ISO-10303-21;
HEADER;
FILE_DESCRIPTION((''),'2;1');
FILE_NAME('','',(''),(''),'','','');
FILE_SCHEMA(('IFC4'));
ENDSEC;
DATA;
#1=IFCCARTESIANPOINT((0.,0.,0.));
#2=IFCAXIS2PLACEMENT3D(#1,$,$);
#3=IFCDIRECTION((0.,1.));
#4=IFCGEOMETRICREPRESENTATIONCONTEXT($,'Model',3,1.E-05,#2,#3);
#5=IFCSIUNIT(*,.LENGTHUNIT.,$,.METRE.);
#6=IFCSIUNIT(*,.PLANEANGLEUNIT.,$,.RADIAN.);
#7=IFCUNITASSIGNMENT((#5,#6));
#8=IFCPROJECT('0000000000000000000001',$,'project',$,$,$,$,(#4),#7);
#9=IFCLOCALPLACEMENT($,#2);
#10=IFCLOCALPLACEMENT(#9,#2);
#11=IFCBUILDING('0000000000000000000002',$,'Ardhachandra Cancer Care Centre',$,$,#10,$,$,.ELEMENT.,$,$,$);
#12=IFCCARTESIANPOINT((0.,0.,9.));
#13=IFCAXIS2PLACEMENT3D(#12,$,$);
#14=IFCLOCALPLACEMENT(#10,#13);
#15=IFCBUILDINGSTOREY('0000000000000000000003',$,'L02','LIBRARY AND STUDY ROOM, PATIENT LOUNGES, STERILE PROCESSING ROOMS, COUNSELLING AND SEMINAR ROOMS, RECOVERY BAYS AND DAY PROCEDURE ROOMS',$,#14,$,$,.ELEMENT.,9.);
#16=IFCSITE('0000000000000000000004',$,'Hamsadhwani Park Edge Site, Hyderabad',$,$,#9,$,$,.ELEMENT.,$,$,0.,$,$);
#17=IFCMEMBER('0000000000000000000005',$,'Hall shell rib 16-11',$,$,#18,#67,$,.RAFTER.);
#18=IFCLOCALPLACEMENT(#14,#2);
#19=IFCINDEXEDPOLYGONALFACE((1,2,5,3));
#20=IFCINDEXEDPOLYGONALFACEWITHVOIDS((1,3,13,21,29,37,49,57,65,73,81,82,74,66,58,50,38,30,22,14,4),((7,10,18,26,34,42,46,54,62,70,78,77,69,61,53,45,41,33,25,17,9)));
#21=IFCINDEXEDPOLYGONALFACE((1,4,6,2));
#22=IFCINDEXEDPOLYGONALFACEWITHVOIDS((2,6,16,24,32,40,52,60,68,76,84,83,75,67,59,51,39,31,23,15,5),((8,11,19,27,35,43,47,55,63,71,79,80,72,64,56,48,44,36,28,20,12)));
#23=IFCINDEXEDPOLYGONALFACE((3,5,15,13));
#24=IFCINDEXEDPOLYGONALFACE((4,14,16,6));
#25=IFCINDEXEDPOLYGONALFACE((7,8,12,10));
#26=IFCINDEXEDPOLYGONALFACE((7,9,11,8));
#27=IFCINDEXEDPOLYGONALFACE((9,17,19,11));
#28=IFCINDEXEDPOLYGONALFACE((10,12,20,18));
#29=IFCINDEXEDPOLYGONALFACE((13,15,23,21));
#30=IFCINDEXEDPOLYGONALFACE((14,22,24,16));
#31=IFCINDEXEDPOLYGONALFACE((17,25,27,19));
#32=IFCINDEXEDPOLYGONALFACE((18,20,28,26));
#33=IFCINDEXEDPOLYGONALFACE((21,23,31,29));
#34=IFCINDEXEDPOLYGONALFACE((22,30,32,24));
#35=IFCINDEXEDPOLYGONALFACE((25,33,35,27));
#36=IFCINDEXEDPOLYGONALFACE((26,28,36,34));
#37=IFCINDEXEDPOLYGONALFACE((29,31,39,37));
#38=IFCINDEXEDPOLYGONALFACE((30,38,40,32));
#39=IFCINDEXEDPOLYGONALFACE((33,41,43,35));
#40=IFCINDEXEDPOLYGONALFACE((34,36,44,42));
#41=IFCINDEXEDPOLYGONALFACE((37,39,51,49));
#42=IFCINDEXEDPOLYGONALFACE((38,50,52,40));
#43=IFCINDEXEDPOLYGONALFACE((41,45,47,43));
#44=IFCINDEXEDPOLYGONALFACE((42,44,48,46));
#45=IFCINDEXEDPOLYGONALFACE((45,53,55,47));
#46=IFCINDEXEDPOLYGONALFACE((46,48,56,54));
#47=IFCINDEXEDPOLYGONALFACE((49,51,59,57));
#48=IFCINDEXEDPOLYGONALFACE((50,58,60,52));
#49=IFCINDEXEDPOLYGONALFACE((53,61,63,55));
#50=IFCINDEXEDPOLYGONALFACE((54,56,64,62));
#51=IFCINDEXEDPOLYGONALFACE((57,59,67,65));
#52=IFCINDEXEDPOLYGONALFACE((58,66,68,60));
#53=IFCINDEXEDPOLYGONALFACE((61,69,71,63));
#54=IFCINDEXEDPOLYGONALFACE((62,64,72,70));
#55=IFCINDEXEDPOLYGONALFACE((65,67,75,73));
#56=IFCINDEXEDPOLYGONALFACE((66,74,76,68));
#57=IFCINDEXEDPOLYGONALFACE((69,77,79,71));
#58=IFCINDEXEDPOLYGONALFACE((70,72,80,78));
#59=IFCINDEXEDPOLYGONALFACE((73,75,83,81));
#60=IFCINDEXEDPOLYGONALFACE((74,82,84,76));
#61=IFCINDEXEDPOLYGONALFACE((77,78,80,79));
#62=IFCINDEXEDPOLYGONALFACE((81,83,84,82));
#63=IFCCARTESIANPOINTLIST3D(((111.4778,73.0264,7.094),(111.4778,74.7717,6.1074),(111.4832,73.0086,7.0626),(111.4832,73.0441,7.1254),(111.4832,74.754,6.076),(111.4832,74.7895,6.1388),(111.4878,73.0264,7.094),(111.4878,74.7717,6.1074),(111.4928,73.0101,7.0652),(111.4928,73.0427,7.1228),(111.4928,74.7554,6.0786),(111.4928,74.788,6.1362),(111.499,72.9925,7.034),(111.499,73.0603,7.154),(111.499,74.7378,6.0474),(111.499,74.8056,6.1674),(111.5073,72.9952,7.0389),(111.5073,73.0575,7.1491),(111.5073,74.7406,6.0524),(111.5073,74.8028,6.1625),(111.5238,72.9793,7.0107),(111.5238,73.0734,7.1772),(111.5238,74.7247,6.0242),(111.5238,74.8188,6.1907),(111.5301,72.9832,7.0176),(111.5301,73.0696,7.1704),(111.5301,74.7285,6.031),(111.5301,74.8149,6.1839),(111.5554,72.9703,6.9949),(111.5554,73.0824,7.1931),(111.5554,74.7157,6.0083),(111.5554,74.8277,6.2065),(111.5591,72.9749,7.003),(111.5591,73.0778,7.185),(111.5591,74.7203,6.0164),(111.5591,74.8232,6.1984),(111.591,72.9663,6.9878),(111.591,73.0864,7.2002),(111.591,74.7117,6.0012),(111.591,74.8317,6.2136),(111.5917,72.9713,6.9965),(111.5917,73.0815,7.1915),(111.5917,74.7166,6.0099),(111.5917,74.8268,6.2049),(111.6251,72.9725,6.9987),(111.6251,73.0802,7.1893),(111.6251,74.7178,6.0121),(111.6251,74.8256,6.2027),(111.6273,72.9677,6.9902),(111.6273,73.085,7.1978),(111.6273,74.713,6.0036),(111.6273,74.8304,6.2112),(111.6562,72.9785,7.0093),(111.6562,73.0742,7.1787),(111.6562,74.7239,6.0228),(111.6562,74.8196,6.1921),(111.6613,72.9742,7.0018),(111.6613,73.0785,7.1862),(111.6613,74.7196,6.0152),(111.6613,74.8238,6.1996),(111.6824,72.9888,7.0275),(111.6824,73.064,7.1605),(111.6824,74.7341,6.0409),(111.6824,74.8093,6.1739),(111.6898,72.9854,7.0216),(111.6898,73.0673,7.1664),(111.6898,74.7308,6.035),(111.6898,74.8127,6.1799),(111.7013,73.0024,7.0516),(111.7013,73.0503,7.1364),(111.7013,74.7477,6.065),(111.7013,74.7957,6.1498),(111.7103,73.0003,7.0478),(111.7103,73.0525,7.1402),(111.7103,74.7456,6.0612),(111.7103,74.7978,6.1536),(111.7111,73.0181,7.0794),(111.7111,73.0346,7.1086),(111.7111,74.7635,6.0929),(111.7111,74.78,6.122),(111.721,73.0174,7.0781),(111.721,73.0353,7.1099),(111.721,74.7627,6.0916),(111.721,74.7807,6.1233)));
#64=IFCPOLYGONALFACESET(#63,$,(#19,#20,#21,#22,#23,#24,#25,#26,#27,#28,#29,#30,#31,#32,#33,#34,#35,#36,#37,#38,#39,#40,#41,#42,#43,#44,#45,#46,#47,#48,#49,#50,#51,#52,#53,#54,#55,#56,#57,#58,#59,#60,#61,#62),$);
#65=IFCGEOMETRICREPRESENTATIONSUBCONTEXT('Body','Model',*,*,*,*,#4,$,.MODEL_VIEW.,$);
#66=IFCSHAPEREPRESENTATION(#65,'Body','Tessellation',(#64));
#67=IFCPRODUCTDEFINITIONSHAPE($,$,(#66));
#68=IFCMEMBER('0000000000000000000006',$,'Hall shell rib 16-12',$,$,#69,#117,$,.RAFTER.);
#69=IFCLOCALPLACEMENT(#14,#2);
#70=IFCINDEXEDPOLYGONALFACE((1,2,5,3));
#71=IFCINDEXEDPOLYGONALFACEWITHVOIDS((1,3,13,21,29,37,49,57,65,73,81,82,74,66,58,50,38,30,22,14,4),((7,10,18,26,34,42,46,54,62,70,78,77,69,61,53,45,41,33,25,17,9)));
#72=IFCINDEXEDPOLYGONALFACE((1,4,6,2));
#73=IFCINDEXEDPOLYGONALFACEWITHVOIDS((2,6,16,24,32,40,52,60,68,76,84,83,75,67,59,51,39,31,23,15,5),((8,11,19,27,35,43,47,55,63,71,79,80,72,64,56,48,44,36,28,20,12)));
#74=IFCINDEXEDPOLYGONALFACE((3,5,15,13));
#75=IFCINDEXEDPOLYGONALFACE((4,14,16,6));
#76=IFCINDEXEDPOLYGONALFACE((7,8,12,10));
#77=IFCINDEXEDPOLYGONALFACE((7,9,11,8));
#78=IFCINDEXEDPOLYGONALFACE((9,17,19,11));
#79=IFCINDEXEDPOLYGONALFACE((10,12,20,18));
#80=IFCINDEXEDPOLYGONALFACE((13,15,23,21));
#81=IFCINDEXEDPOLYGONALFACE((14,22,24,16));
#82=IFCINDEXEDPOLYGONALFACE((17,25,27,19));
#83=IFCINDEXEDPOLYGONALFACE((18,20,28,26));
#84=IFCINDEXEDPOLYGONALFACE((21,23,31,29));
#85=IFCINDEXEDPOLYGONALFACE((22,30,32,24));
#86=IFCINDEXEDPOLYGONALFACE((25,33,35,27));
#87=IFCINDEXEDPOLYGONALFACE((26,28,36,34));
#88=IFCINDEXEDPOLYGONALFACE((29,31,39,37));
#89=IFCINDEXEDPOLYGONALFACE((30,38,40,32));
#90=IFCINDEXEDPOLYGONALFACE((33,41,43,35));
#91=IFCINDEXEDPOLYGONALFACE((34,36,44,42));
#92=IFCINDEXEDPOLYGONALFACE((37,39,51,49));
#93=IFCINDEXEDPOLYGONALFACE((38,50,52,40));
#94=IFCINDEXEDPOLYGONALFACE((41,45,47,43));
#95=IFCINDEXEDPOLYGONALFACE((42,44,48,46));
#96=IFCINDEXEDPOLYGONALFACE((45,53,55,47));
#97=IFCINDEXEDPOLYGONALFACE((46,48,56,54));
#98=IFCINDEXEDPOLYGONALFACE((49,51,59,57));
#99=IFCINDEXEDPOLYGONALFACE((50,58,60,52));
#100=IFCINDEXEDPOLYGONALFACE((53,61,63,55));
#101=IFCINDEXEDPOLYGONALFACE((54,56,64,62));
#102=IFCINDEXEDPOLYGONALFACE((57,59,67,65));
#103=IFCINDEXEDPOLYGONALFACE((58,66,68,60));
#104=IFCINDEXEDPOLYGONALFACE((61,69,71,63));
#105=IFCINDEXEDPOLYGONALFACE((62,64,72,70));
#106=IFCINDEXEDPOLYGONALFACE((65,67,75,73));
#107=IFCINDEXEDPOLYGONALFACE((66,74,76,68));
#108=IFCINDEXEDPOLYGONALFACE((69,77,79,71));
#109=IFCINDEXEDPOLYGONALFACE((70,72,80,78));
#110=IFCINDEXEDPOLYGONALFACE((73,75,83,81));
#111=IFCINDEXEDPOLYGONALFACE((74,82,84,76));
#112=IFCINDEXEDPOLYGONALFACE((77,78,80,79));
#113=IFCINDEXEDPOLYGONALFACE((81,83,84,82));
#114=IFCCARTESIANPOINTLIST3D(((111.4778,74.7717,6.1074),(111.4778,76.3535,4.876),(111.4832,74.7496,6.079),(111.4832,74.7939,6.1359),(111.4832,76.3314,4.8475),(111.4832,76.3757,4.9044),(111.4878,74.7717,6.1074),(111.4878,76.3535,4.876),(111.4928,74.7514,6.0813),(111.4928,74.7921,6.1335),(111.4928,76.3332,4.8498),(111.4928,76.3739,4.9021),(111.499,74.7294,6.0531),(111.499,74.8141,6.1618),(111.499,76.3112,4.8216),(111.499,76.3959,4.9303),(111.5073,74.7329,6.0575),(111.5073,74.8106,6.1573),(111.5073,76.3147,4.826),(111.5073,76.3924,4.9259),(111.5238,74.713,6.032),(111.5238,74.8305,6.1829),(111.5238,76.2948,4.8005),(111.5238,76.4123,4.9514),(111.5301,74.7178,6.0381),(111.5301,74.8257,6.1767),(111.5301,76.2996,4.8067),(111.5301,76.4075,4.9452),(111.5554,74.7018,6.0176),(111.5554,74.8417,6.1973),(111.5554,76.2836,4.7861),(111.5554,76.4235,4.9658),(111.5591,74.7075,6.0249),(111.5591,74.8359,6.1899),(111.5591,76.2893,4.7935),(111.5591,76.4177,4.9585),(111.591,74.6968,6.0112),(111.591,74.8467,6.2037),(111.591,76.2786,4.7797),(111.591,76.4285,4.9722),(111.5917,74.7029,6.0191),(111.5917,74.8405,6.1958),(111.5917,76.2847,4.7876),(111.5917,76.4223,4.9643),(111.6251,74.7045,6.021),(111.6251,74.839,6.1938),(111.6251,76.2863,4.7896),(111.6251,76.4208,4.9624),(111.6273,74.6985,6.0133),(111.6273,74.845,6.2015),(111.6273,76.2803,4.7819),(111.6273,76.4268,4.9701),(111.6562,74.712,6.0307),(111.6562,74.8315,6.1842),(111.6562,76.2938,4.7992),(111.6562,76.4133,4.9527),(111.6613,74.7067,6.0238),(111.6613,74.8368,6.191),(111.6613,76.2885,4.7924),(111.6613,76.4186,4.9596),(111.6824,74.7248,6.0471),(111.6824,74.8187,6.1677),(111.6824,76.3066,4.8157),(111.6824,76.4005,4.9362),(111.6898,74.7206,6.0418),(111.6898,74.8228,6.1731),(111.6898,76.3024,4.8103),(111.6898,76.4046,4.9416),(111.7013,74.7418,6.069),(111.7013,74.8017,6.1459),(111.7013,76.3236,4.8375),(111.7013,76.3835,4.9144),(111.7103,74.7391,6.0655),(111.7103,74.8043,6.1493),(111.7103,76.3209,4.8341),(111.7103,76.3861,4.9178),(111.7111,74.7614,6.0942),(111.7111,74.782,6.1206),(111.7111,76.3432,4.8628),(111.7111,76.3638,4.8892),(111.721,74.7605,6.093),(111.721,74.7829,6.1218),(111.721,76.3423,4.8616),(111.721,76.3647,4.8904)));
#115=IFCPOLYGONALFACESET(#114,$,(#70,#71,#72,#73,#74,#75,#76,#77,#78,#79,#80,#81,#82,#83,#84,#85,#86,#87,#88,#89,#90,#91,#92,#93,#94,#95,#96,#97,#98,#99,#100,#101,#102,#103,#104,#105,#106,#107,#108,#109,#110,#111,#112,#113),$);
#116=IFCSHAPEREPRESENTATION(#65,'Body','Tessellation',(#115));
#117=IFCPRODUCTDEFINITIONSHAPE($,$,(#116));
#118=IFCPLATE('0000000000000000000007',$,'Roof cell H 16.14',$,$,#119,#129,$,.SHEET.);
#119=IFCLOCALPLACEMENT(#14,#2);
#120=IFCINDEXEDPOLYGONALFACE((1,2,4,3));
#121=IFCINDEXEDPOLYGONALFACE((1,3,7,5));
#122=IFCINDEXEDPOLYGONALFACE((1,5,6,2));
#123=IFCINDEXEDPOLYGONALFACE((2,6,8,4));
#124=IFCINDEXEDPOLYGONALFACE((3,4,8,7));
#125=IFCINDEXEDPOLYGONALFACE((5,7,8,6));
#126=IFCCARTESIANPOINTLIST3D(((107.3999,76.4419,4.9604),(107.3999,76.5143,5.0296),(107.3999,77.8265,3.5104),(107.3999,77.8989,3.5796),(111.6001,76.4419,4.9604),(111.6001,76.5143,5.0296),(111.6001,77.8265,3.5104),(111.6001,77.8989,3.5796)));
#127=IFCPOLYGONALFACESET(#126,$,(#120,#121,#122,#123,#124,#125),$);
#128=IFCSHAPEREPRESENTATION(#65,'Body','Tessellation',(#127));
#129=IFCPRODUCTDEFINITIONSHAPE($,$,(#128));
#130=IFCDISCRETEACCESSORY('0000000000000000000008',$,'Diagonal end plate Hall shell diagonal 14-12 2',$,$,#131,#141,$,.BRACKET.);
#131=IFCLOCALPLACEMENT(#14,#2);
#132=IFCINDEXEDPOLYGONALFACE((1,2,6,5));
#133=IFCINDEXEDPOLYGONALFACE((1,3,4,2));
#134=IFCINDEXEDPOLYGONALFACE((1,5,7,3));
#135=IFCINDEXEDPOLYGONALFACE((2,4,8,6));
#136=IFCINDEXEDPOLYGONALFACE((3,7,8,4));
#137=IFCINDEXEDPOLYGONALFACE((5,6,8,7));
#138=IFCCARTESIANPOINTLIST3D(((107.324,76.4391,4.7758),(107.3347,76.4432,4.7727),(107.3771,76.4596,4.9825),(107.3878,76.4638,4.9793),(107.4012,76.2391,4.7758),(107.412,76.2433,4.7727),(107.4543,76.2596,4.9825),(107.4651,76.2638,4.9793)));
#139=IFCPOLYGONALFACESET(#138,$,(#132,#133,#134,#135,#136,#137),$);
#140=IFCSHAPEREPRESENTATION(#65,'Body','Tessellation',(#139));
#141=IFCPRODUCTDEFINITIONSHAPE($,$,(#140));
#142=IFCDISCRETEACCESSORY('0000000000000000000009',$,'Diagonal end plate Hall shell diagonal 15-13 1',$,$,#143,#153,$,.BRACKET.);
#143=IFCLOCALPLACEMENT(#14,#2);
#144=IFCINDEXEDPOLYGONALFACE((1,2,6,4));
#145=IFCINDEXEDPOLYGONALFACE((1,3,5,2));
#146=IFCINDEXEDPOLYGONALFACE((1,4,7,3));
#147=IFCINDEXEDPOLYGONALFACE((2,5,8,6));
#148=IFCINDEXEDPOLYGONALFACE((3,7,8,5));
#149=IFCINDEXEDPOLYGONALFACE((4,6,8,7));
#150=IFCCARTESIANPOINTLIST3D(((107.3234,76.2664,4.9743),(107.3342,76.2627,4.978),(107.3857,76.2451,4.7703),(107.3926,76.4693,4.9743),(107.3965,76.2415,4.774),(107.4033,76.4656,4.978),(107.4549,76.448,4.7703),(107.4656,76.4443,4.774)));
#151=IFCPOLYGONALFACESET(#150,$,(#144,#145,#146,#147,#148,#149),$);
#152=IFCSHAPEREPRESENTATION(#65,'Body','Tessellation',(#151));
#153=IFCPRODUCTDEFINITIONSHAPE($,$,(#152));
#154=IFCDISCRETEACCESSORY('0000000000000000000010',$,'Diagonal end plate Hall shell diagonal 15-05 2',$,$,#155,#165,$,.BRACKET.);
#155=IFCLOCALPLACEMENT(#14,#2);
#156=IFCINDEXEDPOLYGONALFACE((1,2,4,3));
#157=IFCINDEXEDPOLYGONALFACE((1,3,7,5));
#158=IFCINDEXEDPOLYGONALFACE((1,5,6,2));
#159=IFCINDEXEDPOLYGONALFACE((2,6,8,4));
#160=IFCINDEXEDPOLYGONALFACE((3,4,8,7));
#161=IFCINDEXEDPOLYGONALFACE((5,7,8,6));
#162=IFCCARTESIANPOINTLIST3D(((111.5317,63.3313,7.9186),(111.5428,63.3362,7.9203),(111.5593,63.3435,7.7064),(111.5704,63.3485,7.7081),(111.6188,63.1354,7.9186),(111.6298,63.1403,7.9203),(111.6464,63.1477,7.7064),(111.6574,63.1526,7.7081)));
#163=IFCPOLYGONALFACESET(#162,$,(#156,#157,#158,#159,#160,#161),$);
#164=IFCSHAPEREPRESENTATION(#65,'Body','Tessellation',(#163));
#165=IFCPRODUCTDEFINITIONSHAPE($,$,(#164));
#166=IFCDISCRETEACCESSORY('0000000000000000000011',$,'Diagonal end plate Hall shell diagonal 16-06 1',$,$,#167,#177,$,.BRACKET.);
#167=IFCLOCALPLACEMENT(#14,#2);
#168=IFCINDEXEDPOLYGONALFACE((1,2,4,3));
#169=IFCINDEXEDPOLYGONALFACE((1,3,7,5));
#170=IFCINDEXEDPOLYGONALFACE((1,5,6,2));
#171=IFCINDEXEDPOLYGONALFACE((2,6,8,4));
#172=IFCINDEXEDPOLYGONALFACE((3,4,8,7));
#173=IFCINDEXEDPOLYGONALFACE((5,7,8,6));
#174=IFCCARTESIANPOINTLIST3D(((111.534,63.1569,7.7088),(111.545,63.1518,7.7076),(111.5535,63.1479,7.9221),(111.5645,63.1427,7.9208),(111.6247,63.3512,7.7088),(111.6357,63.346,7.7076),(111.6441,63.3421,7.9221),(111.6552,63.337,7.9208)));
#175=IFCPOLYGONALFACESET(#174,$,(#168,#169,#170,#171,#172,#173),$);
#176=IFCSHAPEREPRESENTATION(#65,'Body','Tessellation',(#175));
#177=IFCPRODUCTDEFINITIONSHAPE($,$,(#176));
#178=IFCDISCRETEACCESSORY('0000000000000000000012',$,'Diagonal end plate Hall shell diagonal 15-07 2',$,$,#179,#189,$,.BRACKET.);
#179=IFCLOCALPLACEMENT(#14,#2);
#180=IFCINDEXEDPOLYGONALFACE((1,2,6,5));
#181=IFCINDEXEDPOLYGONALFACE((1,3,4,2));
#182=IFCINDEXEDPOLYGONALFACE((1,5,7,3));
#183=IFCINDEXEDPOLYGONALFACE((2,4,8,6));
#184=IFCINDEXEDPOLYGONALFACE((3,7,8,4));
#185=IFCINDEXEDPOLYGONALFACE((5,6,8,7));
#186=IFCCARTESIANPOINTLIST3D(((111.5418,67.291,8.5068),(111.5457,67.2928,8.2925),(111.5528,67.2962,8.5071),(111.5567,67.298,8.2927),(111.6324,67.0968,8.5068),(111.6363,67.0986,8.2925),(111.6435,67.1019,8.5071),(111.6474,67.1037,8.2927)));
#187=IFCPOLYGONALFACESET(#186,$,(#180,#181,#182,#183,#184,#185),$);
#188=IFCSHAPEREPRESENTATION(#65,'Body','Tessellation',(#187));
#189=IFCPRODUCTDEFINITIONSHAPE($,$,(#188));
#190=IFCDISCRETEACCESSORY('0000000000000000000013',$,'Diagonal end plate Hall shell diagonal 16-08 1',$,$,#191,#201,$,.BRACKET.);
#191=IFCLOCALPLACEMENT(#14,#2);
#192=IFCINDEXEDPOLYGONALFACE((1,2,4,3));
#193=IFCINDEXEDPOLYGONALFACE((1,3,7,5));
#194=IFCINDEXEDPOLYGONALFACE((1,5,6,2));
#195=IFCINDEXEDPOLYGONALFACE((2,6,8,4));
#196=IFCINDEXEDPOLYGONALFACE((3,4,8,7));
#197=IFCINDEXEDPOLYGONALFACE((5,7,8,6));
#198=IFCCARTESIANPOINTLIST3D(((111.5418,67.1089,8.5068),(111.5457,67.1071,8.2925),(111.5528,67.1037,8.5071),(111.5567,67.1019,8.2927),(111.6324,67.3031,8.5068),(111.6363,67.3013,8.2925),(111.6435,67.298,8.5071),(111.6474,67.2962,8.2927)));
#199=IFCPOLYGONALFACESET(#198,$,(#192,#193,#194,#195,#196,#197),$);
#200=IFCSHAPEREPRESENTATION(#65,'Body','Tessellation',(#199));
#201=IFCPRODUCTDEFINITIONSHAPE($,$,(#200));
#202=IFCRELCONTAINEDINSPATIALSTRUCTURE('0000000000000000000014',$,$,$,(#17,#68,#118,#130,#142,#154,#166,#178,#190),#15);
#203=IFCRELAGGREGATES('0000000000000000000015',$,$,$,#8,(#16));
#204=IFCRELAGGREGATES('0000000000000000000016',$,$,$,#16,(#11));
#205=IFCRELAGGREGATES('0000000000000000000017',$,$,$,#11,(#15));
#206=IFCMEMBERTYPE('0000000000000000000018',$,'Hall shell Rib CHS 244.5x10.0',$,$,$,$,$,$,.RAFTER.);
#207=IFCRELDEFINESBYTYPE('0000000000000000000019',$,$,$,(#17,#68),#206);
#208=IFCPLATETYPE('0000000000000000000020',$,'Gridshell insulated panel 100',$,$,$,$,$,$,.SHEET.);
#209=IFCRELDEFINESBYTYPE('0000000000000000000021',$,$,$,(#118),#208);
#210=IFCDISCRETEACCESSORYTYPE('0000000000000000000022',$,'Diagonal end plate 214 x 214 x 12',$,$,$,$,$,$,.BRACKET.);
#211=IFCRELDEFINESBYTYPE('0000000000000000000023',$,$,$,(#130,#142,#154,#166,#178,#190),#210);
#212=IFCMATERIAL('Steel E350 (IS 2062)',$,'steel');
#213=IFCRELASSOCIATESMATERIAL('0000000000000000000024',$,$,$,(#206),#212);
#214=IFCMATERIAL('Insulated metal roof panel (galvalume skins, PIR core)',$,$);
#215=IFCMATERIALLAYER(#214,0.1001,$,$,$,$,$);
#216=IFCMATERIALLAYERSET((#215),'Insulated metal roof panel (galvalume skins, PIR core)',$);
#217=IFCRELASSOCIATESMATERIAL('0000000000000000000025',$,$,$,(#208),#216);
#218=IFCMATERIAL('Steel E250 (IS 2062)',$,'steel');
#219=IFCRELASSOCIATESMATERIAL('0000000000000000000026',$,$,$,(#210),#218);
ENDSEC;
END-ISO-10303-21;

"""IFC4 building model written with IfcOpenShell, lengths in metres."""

from ifc_helpers import new_model, si_unit, direction, frame, origin, origin_2d, place, context, subcontext, project, spatial, polyline, rectangle, hollow_circle, outline, extrude, material, layer, layer_set, material_profile, profile_set, type_object, element, save


model = new_model("IFC4")

# Units and contexts
model_context = context("Model", 3, precision=1e-05, world=origin(), true_north=direction((0.0, 1.0)))
body_context = subcontext(model_context, "Body", "Model", "MODEL_VIEW")
ifc_project = project(units=[si_unit("LENGTHUNIT", "METRE"), si_unit("PLANEANGLEUNIT", "RADIAN")], contexts=[model_context])

# Site, building, storey
site_placement = place(None, origin())
site = spatial("IfcSite", under=ifc_project, at=site_placement, Name="Hamsadhwani Park Edge Site, Hyderabad", CompositionType="ELEMENT", RefElevation=0.0)
building_placement = place(site_placement, origin())
building = spatial("IfcBuilding", under=site, at=building_placement, Name="Ardhachandra Cancer Care Centre", CompositionType="ELEMENT")
storey_placement = place(building_placement, frame((0.0, 0.0, 9.0)))
storey = spatial("IfcBuildingStorey", under=building, at=storey_placement, Name="L02", Description="LIBRARY AND STUDY ROOM, PATIENT LOUNGES, STERILE PROCESSING ROOMS, COUNSELLING AND SEMINAR ROOMS, RECOVERY BAYS AND DAY PROCEDURE ROOMS", CompositionType="ELEMENT", Elevation=9.0)

# Members
ifc_material_1 = material(Name="Steel E350 (IS 2062)", Category="steel")
ifc_material_profile_1 = material_profile(ifc_material_1, hollow_circle(Radius=0.1223, WallThickness=0.01, at=origin_2d()), Name="CHS 244.5x10.0")
ifc_profile_set_1 = profile_set([ifc_material_profile_1], Name="Steel E350 (IS 2062)")
member_type_1 = type_object("IfcMemberType", Name="Hall shell Rib CHS 244.5x10.0", PredefinedType="RAFTER", material=ifc_profile_set_1)
member_1_placement = place(storey_placement, frame((111.6001, 73.0264, 7.094), z_axis=(0.0, 0.870549, -0.492081), x_axis=(-1.0, 0.0, 0.0)))
element("IfcMember", 1, at=member_1_placement, inside=storey, type_object=member_type_1, Name="Hall shell rib 16-11", PredefinedType="RAFTER", context=body_context, shape_type="SweptSolid", body=[
    extrude(hollow_circle(Radius=0.1223, WallThickness=0.01, at=origin_2d()), origin(), (0.0, 0.0, 1.0), 2.0049),
])
member_2_placement = place(storey_placement, frame((111.6001, 74.7717, 6.1074), z_axis=(0.0, 0.78907, -0.614303), x_axis=(-1.0, 0.0, 0.0)))
element("IfcMember", 2, at=member_2_placement, inside=storey, type_object=member_type_1, Name="Hall shell rib 16-12", PredefinedType="RAFTER", context=body_context, shape_type="SweptSolid", body=[
    extrude(hollow_circle(Radius=0.1223, WallThickness=0.01, at=origin_2d()), origin(), (0.0, 0.0, 1.0), 2.0046),
])

# Plate
ifc_material_2 = material(Name="Insulated metal roof panel (galvalume skins, PIR core)")
ifc_layer = layer(ifc_material_2, 0.1001)
ifc_layer_set = layer_set([ifc_layer], Name="Insulated metal roof panel (galvalume skins, PIR core)")
plate_type = type_object("IfcPlateType", Name="Gridshell insulated panel 100", PredefinedType="SHEET", material=ifc_layer_set)
plate_placement = place(storey_placement, frame((107.3999, 76.4419, 4.9604), z_axis=(0.0, 0.723237, 0.6906), x_axis=(1.0, 0.0, 0.0)))
element("IfcPlate", 3, at=plate_placement, inside=storey, type_object=plate_type, Name="Roof cell H 16.14", PredefinedType="SHEET", context=body_context, shape_type="SweptSolid", body=[
    extrude(outline(polyline([(0.0, 0.0), (4.2002, 0.0), (4.2002, 2.0049), (0.0, 2.0049), (0.0, 0.0)])), origin(), (0.0, 0.0, 1.0), 0.1001),
])

# Discrete accessories
ifc_material_3 = material(Name="Steel E250 (IS 2062)", Category="steel")
ifc_material_profile_2 = material_profile(ifc_material_3, rectangle(XDim=0.2144, YDim=0.2144, at=origin_2d()), Name="PL 214x214x12")
ifc_profile_set_2 = profile_set([ifc_material_profile_2], Name="Steel E250 (IS 2062)")
discrete_accessory_type = type_object("IfcDiscreteAccessoryType", Name="Diagonal end plate 214 x 214 x 12", PredefinedType="BRACKET", material=ifc_profile_set_2)
for number, where, z_axis, x_axis, name in (
    (4, (107.3999, 76.3535, 4.876), (-0.899271, -0.347446, 0.265694), (0.360399, -0.932798, 0.0), "Diagonal end plate Hall shell diagonal 14-12 2"),
    (5, (107.3999, 76.3535, 4.876), (-0.900777, 0.307083, -0.307083), (-0.322674, -0.94651, 0.0), "Diagonal end plate Hall shell diagonal 15-13 1"),
):
    element("IfcDiscreteAccessory", number, at=place(storey_placement, frame(where, z_axis=z_axis, x_axis=x_axis)), inside=storey, type_object=discrete_accessory_type, Name=name, PredefinedType="BRACKET", context=body_context, shape_type="SweptSolid", body=[
        extrude(rectangle(XDim=0.2144, YDim=0.2144, at=origin_2d()), origin(), (0.0, 0.0, 1.0), 0.012),
    ])
for number, where, z_axis, x_axis, name in (
    (6, (111.6001, 63.2444, 7.8142), (-0.904717, -0.402096, -0.140734), (0.406138, -0.913812, 0.0), "Diagonal end plate Hall shell diagonal 15-05 2"),
    (7, (111.6001, 63.2444, 7.8142), (-0.901624, 0.420758, 0.10018), (-0.422885, -0.906183, 0.0), "Diagonal end plate Hall shell diagonal 16-06 1"),
    (8, (111.6001, 67.2, 8.3999), (-0.905999, -0.4228, -0.020133), (0.422885, -0.906183, 0.0), "Diagonal end plate Hall shell diagonal 15-07 2"),
    (9, (111.6001, 67.2, 8.3999), (-0.905999, 0.4228, -0.020133), (-0.422885, -0.906183, 0.0), "Diagonal end plate Hall shell diagonal 16-08 1"),
):
    element("IfcDiscreteAccessory", number, at=place(storey_placement, frame(where, z_axis=z_axis, x_axis=x_axis)), inside=storey, type_object=discrete_accessory_type, Name=name, PredefinedType="BRACKET", context=body_context, shape_type="SweptSolid", body=[
        extrude(rectangle(XDim=0.2144, YDim=0.2144, at=origin_2d()), origin(), (0.0, 0.0, 1.0), 0.0122),
    ])

save(model, "model.ifc")
